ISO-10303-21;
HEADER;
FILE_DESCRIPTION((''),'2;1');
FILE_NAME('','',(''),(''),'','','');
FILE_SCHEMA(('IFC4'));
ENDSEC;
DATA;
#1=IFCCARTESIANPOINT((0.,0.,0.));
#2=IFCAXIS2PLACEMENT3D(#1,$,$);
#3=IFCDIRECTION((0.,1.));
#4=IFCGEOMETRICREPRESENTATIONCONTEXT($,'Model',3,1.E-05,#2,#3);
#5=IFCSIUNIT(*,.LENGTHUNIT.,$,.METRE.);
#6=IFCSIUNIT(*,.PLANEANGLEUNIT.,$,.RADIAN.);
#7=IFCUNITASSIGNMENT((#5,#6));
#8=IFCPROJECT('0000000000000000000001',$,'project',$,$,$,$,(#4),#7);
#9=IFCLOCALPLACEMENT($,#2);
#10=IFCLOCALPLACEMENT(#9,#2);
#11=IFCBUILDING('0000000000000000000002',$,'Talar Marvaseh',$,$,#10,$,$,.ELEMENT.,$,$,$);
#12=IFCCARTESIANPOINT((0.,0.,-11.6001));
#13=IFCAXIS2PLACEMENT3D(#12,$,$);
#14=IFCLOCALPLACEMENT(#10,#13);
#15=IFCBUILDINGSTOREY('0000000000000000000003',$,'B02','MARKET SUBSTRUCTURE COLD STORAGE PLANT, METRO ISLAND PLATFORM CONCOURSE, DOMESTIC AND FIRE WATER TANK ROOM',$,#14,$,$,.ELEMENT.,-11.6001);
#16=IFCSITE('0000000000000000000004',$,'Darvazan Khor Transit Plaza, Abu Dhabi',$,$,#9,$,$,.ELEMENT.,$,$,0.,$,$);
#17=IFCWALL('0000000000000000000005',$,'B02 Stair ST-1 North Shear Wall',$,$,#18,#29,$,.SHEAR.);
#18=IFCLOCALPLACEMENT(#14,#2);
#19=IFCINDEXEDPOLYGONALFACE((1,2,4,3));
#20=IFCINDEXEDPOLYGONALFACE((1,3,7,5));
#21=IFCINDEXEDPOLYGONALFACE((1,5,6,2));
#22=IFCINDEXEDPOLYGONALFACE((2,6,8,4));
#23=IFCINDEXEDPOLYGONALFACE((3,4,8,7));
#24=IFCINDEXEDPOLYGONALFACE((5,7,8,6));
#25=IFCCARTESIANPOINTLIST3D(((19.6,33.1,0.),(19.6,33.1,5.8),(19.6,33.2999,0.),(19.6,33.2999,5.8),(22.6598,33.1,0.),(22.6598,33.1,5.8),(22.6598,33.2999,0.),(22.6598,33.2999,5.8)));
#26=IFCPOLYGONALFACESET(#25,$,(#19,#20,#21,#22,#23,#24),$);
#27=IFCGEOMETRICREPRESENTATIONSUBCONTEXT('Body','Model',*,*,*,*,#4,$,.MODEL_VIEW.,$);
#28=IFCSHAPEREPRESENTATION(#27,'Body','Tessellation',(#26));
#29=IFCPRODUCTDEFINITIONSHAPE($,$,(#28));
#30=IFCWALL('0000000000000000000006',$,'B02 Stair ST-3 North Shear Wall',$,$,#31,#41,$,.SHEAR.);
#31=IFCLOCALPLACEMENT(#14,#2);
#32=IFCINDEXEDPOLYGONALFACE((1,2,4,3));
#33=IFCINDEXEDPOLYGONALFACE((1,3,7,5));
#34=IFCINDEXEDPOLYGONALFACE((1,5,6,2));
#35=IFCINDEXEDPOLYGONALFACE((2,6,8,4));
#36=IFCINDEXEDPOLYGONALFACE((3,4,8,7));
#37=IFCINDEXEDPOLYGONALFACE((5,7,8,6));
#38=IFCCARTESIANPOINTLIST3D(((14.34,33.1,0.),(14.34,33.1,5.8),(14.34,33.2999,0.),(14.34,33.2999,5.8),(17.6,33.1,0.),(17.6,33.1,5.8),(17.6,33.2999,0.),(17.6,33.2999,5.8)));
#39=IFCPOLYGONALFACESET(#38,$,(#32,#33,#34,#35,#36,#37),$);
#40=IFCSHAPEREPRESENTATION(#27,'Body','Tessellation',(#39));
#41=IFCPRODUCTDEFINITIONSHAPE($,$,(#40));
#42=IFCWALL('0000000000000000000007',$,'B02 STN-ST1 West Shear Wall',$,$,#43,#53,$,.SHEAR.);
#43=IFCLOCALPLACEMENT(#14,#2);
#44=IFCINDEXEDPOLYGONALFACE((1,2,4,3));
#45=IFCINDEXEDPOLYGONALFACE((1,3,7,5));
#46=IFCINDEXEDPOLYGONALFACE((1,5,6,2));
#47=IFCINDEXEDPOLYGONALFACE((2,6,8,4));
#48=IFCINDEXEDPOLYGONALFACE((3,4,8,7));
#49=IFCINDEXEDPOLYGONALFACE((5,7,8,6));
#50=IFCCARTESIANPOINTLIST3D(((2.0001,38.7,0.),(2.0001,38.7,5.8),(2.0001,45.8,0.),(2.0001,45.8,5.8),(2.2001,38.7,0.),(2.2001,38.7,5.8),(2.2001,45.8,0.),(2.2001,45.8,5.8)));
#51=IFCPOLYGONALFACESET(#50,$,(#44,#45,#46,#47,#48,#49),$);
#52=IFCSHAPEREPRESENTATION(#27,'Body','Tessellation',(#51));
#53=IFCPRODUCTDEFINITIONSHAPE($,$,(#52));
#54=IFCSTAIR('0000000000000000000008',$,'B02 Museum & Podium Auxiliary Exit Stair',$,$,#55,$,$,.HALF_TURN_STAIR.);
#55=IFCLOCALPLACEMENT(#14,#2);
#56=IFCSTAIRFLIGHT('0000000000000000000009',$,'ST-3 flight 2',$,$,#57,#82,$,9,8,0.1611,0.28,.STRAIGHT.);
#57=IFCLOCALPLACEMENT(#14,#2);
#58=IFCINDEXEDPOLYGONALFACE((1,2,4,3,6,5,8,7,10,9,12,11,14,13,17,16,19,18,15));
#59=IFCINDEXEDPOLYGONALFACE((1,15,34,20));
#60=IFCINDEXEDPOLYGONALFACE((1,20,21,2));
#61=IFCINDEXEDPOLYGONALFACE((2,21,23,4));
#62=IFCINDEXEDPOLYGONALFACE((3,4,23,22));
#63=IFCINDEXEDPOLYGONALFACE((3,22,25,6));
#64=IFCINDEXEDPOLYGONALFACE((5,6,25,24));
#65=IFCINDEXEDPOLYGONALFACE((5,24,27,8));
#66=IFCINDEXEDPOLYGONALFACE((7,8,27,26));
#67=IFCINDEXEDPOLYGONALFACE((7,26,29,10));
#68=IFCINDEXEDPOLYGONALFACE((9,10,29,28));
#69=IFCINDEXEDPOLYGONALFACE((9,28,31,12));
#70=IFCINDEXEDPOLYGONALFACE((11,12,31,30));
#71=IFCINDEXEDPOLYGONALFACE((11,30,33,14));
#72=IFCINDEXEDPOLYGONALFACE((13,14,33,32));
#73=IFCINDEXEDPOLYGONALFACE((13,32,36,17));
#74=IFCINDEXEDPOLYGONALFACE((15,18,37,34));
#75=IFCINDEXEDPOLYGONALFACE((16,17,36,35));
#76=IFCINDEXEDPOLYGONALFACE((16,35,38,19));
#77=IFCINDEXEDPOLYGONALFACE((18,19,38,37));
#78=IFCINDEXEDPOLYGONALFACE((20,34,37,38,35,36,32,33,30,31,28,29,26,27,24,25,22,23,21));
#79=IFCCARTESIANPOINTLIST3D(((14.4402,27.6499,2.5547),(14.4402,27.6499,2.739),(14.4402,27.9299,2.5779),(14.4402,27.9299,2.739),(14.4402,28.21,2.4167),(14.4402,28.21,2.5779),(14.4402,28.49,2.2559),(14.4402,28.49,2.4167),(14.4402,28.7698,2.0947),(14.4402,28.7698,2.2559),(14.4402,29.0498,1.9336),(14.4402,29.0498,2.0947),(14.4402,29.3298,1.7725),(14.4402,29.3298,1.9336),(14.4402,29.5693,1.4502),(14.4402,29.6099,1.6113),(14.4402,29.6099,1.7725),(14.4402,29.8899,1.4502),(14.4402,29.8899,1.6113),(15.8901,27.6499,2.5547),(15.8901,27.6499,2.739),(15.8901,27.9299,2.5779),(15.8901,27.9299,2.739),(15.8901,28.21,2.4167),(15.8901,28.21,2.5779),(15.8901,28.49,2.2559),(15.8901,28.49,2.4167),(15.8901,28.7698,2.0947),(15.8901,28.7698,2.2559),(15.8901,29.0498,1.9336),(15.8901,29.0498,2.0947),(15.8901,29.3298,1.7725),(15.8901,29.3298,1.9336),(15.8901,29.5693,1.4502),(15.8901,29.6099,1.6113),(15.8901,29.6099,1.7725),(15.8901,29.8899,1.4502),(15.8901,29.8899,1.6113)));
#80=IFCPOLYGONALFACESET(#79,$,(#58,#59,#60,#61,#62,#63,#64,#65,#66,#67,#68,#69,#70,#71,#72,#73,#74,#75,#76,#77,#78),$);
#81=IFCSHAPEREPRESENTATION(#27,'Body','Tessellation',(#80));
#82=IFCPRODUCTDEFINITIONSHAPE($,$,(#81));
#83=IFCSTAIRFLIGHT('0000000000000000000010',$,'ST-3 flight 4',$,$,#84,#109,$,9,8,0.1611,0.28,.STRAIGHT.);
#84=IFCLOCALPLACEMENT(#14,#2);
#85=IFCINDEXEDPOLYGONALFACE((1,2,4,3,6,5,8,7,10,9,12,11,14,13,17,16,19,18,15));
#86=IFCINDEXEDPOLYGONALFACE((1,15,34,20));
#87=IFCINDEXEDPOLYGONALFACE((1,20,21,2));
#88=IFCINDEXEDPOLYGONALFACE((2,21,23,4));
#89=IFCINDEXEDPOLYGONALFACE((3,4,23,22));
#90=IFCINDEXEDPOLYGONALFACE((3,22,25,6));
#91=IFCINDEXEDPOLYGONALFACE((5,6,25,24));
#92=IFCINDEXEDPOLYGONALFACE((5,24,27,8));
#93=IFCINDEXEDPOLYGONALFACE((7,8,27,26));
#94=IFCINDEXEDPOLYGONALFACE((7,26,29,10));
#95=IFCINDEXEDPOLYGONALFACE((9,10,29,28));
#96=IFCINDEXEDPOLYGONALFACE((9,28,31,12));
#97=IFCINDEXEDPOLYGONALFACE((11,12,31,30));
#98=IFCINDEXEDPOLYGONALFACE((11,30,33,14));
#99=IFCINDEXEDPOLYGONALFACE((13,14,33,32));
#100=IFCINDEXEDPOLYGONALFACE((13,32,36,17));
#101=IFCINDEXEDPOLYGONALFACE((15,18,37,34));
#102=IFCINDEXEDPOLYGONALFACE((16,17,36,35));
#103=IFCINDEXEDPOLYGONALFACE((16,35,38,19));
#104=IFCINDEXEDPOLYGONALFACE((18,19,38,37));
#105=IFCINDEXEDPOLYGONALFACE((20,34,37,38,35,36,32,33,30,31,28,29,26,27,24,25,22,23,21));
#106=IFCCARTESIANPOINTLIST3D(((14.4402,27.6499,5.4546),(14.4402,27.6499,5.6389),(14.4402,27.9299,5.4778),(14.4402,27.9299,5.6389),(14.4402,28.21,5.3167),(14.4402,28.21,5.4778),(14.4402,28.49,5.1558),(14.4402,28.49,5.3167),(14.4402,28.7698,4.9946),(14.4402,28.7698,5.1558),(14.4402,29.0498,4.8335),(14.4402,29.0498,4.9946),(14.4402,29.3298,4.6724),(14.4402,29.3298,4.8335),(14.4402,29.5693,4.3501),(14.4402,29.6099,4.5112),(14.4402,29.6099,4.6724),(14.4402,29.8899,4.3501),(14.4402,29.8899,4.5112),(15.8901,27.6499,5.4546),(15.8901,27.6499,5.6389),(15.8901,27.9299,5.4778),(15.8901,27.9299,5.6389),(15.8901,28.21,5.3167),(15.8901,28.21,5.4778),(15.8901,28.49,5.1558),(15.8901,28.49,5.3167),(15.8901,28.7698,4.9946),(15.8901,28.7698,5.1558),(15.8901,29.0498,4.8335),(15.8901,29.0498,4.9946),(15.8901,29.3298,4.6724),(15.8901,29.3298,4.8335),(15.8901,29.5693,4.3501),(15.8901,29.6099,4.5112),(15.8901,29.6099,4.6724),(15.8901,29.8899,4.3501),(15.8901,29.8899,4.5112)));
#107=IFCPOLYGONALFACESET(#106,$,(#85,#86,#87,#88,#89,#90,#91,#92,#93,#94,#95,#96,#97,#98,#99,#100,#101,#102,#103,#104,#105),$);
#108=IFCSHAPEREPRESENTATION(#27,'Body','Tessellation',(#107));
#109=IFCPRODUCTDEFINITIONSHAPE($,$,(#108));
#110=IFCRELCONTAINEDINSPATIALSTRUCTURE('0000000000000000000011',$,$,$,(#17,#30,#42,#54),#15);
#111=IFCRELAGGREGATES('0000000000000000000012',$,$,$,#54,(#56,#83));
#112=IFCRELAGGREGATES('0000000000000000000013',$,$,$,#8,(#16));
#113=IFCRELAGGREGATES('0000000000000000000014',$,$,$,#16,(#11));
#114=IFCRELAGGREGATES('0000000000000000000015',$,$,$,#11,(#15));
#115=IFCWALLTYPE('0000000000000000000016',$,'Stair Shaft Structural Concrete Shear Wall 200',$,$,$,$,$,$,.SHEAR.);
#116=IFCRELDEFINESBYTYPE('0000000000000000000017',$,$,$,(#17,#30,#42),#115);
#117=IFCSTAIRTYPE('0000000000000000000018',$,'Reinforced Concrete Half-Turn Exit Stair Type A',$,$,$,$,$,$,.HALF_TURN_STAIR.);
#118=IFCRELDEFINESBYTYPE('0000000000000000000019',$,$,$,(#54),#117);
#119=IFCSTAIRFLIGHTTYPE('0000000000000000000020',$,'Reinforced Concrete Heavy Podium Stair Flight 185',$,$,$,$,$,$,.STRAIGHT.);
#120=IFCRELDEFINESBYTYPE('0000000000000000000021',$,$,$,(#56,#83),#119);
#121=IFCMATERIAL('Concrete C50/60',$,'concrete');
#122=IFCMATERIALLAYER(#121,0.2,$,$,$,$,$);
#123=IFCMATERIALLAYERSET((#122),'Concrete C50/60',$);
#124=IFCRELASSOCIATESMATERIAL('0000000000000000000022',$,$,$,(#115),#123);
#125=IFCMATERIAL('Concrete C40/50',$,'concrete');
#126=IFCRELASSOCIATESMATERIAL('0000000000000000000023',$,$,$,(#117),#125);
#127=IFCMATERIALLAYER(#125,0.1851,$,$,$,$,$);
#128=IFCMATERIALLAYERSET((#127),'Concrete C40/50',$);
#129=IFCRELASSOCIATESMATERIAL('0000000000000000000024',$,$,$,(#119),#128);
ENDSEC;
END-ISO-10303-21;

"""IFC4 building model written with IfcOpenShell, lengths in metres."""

from ifc_helpers import new_model, si_unit, direction, frame, frame_2d, origin, place, context, subcontext, project, spatial, polyline, rectangle, outline, extrude, material, layer, layer_set, type_object, element, aggregate, save


model = new_model("IFC4")

# Units and contexts
model_context = context("Model", 3, precision=1e-05, world=origin(), true_north=direction((0.0, 1.0)))
body_context = subcontext(model_context, "Body", "Model", "MODEL_VIEW")
ifc_project = project(units=[si_unit("LENGTHUNIT", "METRE"), si_unit("PLANEANGLEUNIT", "RADIAN")], contexts=[model_context])

# Site, building, storey
site_placement = place(None, origin())
site = spatial("IfcSite", under=ifc_project, at=site_placement, Name="Darvazan Khor Transit Plaza, Abu Dhabi", CompositionType="ELEMENT", RefElevation=0.0)
building_placement = place(site_placement, origin())
building = spatial("IfcBuilding", under=site, at=building_placement, Name="Talar Marvaseh", CompositionType="ELEMENT")
storey_placement = place(building_placement, frame((0.0, 0.0, -11.6001)))
storey = spatial("IfcBuildingStorey", under=building, at=storey_placement, Name="B02", Description="MARKET SUBSTRUCTURE COLD STORAGE PLANT, METRO ISLAND PLATFORM CONCOURSE, DOMESTIC AND FIRE WATER TANK ROOM", CompositionType="ELEMENT", Elevation=-11.6001)

# Shared definitions
ifc_material_1 = material(Name="Concrete C50/60", Category="concrete")

# Walls
ifc_layer_1 = layer(ifc_material_1, 0.2)
ifc_layer_set_1 = layer_set([ifc_layer_1], Name="Concrete C50/60")
wall_type_1 = type_object("IfcWallType", Name="Stair Shaft Structural Concrete Shear Wall 200", PredefinedType="SHEAR", material=ifc_layer_set_1)
wall_1_placement = place(storey_placement, frame((19.6001, 33.2, 0.0), z_axis=(0.0, 0.0, 1.0), x_axis=(1.0, 0.0, 0.0)))
element("IfcWall", 1, at=wall_1_placement, inside=storey, type_object=wall_type_1, Name="B02 Stair ST-1 North Shear Wall", PredefinedType="SHEAR", context=body_context, shape_type="SweptSolid", body=[
    extrude(rectangle(XDim=3.0598, YDim=0.2, at=frame_2d((1.5298, 0.0))), origin(), (0.0, 0.0, 1.0), 5.8),
])
wall_2_placement = place(storey_placement, frame((14.3401, 33.2, 0.0), z_axis=(0.0, 0.0, 1.0), x_axis=(1.0, 0.0, 0.0)))
element("IfcWall", 2, at=wall_2_placement, inside=storey, type_object=wall_type_1, Name="B02 Stair ST-3 North Shear Wall", PredefinedType="SHEAR", context=body_context, shape_type="SweptSolid", body=[
    extrude(rectangle(XDim=3.26, YDim=0.2, at=frame_2d((1.6299, 0.0))), origin(), (0.0, 0.0, 1.0), 5.8),
])
wall_3_placement = place(storey_placement, frame((2.1001, 38.7, 0.0), z_axis=(0.0, 0.0, 1.0), x_axis=(0.0, 1.0, 0.0)))
element("IfcWall", 3, at=wall_3_placement, inside=storey, type_object=wall_type_1, Name="B02 STN-ST1 West Shear Wall", PredefinedType="SHEAR", context=body_context, shape_type="SweptSolid", body=[
    extrude(rectangle(XDim=7.1001, YDim=0.2, at=frame_2d((3.55, 0.0))), origin(), (0.0, 0.0, 1.0), 5.8),
])

# Stair, stair flights
ifc_material_2 = material(Name="Concrete C40/50", Category="concrete")
stair_type = type_object("IfcStairType", Name="Reinforced Concrete Half-Turn Exit Stair Type A", PredefinedType="HALF_TURN_STAIR", material=ifc_material_2)
stair_placement = place(storey_placement, origin())
stair = element("IfcStair", 4, at=stair_placement, inside=storey, type_object=stair_type, Name="B02 Museum & Podium Auxiliary Exit Stair", PredefinedType="HALF_TURN_STAIR")
ifc_layer_2 = layer(ifc_material_2, 0.1851)
ifc_layer_set_2 = layer_set([ifc_layer_2], Name="Concrete C40/50")
stair_flight_type = type_object("IfcStairFlightType", Name="Reinforced Concrete Heavy Podium Stair Flight 185", PredefinedType="STRAIGHT", material=ifc_layer_set_2)
stair_flight_1_placement = place(storey_placement, frame((15.165, 29.8899, 1.4502), z_axis=(0.0, 0.0, 1.0), x_axis=(0.0, -1.0, 0.0)))
stair_flight_1 = element("IfcStairFlight", 5, at=stair_flight_1_placement, type_object=stair_flight_type, Name="ST-3 flight 2", NumberOfRisers=9, NumberOfTreads=8, PredefinedType="STRAIGHT", RiserHeight=0.1611, TreadLength=0.28, context=body_context, shape_type="SweptSolid", body=[
    extrude(outline(polyline([(0.0, 0.0), (0.0, 0.1611), (0.28, 0.1611), (0.28, 0.3223), (0.5601, 0.3223), (0.5601, 0.4834), (0.8401, 0.4834), (0.8401, 0.6445), (1.1201, 0.6445), (1.1201, 0.8057), (1.3999, 0.8057), (1.3999, 0.9666), (1.6799, 0.9666), (1.6799, 1.1277), (1.96, 1.1277), (1.96, 1.2888), (2.24, 1.2888), (2.24, 1.45), (2.24, 1.1045), (0.3206, 0.0), (0.0, 0.0)])), frame((0.0, 0.7251, 0.0), z_axis=(0.0, -1.0, 0.0), x_axis=(1.0, 0.0, 0.0)), (0.0, 0.0, 1.0), 1.45),
])
stair_flight_2_placement = place(storey_placement, frame((15.165, 29.8899, 4.3501), z_axis=(0.0, 0.0, 1.0), x_axis=(0.0, -1.0, 0.0)))
stair_flight_2 = element("IfcStairFlight", 6, at=stair_flight_2_placement, type_object=stair_flight_type, Name="ST-3 flight 4", NumberOfRisers=9, NumberOfTreads=8, PredefinedType="STRAIGHT", RiserHeight=0.1611, TreadLength=0.28, context=body_context, shape_type="SweptSolid", body=[
    extrude(outline(polyline([(0.0, 0.0), (0.0, 0.1611), (0.28, 0.1611), (0.28, 0.3223), (0.5601, 0.3223), (0.5601, 0.4834), (0.8401, 0.4834), (0.8401, 0.6445), (1.1201, 0.6445), (1.1201, 0.8057), (1.3999, 0.8057), (1.3999, 0.9666), (1.6799, 0.9666), (1.6799, 1.1277), (1.96, 1.1277), (1.96, 1.2888), (2.24, 1.2888), (2.24, 1.45), (2.24, 1.1045), (0.3206, 0.0), (0.0, 0.0)])), frame((0.0, 0.7251, 0.0), z_axis=(0.0, -1.0, 0.0), x_axis=(1.0, 0.0, 0.0)), (0.0, 0.0, 1.0), 1.45),
])
aggregate(stair, [stair_flight_1, stair_flight_2])

save(model, "model.ifc")
